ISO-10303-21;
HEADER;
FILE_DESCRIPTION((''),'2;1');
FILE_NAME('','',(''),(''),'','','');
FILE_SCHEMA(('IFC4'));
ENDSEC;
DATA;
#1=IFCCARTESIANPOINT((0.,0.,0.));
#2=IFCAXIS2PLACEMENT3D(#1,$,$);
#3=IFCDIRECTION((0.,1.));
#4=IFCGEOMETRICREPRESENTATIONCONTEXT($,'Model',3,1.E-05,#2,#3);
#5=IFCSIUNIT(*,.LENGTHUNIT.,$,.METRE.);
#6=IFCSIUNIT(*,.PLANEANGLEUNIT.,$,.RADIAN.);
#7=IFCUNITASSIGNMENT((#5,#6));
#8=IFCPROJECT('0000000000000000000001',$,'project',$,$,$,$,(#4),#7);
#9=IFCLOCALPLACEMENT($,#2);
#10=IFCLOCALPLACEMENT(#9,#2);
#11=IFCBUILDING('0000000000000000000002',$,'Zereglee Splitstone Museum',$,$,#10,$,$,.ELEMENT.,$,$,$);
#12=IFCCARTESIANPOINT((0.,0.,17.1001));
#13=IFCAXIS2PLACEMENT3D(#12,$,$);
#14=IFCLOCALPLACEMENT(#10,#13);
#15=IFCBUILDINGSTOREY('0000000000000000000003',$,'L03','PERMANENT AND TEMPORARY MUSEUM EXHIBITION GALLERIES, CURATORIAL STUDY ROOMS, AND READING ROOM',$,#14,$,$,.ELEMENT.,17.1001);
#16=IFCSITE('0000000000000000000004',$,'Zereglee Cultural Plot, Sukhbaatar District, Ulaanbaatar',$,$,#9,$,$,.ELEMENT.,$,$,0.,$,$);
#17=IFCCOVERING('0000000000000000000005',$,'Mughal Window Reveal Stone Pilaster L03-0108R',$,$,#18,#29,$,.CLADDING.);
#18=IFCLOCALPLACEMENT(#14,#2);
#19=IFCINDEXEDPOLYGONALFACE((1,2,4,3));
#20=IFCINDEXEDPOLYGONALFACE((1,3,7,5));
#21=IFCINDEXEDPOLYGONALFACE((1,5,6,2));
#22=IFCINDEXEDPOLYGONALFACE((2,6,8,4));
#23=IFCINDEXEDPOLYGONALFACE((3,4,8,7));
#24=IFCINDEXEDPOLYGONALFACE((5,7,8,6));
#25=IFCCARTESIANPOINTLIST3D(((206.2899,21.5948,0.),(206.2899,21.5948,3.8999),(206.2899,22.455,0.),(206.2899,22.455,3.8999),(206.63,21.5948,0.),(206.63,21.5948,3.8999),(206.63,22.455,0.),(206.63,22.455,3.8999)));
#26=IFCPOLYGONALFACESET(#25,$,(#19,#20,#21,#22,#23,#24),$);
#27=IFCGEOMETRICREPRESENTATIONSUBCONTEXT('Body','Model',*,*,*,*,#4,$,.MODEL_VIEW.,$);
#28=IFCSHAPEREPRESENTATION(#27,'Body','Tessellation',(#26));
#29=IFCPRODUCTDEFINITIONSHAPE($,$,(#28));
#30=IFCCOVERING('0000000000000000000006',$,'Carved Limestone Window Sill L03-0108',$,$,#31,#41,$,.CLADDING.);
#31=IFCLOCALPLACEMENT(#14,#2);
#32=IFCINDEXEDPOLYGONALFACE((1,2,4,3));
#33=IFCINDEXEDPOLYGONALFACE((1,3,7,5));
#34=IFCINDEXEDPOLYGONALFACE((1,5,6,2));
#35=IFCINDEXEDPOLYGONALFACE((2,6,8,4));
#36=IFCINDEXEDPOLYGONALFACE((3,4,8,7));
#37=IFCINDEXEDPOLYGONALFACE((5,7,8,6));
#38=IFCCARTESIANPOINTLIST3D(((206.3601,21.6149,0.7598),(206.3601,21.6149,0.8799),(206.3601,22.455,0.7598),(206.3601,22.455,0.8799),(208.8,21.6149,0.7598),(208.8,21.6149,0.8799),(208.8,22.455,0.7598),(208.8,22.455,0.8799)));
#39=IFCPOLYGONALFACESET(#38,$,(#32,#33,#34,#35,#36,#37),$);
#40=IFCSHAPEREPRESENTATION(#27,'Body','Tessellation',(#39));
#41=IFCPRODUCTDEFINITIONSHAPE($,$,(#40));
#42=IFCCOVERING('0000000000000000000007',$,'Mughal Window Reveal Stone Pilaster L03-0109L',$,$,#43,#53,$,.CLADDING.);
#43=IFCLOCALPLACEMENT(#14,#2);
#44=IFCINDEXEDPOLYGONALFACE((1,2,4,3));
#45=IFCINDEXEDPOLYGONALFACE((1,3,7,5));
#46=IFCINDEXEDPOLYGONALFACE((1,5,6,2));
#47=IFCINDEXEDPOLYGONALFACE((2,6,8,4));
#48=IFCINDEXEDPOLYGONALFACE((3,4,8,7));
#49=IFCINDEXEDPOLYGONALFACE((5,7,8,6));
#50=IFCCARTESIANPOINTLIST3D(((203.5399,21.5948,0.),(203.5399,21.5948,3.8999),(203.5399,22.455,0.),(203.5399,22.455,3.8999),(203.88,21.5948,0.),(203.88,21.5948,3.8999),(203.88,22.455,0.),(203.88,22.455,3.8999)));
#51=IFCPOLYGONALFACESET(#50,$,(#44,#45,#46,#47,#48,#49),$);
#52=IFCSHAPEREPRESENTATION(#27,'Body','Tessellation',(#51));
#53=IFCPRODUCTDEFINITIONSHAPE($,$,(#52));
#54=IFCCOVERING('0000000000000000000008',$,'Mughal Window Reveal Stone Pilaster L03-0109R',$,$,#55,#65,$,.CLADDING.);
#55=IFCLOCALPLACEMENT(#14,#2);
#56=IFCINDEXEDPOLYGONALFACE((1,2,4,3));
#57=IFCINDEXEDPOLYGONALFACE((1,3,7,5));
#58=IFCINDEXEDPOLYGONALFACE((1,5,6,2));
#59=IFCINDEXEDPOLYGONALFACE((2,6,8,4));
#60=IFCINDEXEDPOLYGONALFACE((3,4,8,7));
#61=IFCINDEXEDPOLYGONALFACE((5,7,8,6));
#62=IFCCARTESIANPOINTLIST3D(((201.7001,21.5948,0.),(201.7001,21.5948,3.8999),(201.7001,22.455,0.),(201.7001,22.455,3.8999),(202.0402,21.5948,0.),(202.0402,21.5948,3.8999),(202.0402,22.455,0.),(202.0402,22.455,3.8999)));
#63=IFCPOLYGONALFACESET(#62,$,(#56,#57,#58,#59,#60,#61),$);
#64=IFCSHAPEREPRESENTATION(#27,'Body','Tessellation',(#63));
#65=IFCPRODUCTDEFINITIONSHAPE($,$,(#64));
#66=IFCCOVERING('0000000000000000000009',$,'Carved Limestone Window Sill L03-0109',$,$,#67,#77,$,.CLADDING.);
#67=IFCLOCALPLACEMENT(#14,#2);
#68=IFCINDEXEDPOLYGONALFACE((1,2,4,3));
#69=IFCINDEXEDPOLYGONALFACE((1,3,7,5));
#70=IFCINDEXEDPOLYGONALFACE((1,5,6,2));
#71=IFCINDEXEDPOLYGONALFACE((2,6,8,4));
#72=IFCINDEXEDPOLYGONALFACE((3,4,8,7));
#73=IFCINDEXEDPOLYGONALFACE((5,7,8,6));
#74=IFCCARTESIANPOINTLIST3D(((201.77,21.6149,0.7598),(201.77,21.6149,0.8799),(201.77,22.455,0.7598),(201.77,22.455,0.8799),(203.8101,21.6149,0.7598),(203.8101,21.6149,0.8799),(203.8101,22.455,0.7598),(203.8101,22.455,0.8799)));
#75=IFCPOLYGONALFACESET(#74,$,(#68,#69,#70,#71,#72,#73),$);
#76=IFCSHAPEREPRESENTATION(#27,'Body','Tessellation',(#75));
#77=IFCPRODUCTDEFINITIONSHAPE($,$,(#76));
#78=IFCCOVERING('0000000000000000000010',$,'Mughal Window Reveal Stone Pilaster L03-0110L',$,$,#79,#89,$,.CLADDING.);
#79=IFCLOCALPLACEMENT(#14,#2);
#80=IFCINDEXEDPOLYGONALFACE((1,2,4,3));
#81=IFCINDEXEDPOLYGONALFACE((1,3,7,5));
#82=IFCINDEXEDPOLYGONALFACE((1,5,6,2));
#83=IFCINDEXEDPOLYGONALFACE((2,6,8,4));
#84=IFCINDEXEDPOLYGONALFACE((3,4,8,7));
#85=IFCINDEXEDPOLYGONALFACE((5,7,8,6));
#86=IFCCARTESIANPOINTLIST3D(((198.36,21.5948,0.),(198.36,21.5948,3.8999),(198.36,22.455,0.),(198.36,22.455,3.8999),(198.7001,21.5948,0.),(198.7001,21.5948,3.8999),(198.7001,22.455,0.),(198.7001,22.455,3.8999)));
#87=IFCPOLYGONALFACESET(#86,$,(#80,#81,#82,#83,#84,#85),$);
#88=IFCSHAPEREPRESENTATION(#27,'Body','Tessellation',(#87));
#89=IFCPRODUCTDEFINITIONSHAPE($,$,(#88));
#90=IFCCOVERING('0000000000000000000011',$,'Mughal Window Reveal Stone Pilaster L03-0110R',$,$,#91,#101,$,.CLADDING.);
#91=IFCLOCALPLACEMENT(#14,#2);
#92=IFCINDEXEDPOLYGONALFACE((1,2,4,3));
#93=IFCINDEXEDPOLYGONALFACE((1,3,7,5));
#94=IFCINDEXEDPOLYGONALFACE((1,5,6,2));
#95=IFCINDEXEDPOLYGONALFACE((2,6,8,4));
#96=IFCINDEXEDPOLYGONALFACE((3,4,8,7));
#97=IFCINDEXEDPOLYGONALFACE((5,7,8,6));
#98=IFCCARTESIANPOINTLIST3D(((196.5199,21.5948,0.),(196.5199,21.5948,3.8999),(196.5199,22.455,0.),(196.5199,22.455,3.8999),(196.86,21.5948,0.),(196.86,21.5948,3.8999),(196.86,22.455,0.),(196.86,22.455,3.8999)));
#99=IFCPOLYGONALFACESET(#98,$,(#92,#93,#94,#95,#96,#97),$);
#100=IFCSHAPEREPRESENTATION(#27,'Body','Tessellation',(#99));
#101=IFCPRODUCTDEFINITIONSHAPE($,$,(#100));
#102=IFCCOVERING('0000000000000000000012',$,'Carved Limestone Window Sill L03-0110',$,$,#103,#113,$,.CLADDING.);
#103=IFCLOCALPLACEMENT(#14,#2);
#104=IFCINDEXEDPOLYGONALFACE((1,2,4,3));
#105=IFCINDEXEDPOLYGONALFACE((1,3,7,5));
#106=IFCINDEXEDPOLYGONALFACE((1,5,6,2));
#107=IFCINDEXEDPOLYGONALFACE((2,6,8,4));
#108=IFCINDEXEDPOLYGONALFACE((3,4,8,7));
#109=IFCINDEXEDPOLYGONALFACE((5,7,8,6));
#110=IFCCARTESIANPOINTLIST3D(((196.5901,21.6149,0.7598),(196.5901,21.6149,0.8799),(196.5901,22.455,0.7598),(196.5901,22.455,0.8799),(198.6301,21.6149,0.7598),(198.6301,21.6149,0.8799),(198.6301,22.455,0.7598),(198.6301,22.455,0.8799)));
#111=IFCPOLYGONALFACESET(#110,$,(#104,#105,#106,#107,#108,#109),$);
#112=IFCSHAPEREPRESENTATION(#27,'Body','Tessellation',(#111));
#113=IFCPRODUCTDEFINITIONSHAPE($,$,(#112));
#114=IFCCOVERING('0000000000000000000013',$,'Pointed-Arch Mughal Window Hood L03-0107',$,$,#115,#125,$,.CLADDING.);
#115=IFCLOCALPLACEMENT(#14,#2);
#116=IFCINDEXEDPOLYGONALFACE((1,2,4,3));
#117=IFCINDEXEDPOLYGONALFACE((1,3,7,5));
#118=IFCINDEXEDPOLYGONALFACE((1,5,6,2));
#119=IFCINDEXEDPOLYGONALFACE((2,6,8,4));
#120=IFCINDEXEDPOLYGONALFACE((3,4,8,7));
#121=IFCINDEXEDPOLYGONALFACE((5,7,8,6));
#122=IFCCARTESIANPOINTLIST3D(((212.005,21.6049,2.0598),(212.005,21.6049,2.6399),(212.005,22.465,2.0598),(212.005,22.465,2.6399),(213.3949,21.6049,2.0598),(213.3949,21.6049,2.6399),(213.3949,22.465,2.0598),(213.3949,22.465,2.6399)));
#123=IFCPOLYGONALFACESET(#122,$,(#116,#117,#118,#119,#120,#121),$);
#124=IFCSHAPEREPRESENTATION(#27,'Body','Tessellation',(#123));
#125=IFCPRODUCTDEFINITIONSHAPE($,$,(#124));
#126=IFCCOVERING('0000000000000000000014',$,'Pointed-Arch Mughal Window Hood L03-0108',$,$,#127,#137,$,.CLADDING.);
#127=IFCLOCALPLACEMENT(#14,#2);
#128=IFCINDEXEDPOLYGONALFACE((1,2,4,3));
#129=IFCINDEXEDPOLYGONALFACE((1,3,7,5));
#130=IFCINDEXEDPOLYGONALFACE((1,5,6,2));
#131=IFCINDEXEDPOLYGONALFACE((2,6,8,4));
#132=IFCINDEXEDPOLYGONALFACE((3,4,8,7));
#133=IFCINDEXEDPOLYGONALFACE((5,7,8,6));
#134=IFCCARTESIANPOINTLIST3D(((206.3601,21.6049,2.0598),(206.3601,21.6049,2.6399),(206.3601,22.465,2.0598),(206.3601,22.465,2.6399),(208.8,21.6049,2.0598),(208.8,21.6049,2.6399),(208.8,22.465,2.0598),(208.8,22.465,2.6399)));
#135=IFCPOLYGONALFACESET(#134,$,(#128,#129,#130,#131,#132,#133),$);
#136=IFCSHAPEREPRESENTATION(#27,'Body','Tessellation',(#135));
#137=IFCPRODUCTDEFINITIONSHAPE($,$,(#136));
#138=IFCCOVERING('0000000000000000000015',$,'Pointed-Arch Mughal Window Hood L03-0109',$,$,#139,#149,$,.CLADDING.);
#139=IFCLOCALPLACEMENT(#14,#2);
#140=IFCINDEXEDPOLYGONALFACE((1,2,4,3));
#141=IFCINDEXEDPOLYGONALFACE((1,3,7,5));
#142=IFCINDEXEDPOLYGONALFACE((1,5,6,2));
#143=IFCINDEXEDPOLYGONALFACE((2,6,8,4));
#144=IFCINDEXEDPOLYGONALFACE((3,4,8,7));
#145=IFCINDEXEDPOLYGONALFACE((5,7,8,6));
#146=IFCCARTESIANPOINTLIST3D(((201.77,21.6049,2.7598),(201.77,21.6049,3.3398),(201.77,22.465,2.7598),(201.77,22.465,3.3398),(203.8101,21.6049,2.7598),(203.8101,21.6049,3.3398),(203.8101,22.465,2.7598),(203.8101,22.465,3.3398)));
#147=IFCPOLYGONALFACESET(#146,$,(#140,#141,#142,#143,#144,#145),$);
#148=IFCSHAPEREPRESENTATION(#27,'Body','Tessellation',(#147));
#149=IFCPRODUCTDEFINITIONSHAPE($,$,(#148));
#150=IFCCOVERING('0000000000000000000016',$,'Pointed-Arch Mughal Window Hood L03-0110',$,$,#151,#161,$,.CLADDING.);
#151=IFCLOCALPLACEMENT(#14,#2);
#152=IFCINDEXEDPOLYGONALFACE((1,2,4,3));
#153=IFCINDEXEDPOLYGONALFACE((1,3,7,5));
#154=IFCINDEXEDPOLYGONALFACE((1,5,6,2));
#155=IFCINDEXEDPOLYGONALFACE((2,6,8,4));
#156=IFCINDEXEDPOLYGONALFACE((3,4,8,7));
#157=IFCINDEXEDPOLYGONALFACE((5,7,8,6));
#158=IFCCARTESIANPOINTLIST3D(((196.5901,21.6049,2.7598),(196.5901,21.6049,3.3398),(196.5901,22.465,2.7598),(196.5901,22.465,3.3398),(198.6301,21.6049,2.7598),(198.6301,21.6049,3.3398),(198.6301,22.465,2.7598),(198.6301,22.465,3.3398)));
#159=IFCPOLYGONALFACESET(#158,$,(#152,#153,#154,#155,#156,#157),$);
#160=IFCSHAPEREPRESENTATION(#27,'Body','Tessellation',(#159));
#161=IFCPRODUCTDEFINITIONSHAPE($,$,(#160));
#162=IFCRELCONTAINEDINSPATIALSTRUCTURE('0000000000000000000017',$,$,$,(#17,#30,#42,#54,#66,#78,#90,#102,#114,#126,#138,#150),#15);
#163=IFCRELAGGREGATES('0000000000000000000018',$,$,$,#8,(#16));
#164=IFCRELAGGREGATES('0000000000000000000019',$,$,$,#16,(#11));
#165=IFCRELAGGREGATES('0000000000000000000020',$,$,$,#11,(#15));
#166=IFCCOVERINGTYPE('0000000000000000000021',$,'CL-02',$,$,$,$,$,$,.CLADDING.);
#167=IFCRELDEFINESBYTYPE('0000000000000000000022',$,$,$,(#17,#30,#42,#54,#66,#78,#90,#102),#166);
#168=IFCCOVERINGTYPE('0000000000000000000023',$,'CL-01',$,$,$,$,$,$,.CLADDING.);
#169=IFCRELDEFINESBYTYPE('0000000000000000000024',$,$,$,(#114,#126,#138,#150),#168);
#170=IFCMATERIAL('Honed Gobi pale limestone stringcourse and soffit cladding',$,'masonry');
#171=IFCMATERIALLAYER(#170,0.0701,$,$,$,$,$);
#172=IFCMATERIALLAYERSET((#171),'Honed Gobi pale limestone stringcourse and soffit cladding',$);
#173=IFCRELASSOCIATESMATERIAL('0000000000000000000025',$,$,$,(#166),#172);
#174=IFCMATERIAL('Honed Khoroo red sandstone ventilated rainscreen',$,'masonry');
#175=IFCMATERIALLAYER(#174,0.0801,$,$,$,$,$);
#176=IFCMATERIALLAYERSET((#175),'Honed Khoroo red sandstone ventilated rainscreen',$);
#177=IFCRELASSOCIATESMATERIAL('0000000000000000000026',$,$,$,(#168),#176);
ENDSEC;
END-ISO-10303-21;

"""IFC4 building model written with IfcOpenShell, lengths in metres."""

from ifc_helpers import new_model, si_unit, direction, frame, origin, origin_2d, place, context, subcontext, project, spatial, rectangle, extrude, material, layer, layer_set, type_object, element, save


model = new_model("IFC4")

# Units and contexts
model_context = context("Model", 3, precision=1e-05, world=origin(), true_north=direction((0.0, 1.0)))
body_context = subcontext(model_context, "Body", "Model", "MODEL_VIEW")
ifc_project = project(units=[si_unit("LENGTHUNIT", "METRE"), si_unit("PLANEANGLEUNIT", "RADIAN")], contexts=[model_context])

# Site, building, storey
site_placement = place(None, origin())
site = spatial("IfcSite", under=ifc_project, at=site_placement, Name="Zereglee Cultural Plot, Sukhbaatar District, Ulaanbaatar", CompositionType="ELEMENT", RefElevation=0.0)
building_placement = place(site_placement, origin())
building = spatial("IfcBuilding", under=site, at=building_placement, Name="Zereglee Splitstone Museum", CompositionType="ELEMENT")
storey_placement = place(building_placement, frame((0.0, 0.0, 17.1001)))
storey = spatial("IfcBuildingStorey", under=building, at=storey_placement, Name="L03", Description="PERMANENT AND TEMPORARY MUSEUM EXHIBITION GALLERIES, CURATORIAL STUDY ROOMS, AND READING ROOM", CompositionType="ELEMENT", Elevation=17.1001)

# Coverings
ifc_material_1 = material(Name="Honed Gobi pale limestone stringcourse and soffit cladding", Category="masonry")
ifc_layer_1 = layer(ifc_material_1, 0.0701)
ifc_layer_set_1 = layer_set([ifc_layer_1], Name="Honed Gobi pale limestone stringcourse and soffit cladding")
covering_type_1 = type_object("IfcCoveringType", Name="CL-02", PredefinedType="CLADDING", material=ifc_layer_set_1)
for number, where, z_axis, x_axis, name in (
    (1, (206.46, 22.0249, 0.0), (0.0, 0.0, 1.0), (-1.0, 0.0, 0.0), "Mughal Window Reveal Stone Pilaster L03-0108R"),
):
    element("IfcCovering", number, at=place(storey_placement, frame(where, z_axis=z_axis, x_axis=x_axis)), inside=storey, type_object=covering_type_1, Name=name, PredefinedType="CLADDING", context=body_context, shape_type="SweptSolid", body=[
        extrude(rectangle(XDim=0.3401, YDim=0.8601, at=origin_2d()), origin(), (0.0, 0.0, 1.0), 3.8999),
    ])
covering_1_placement = place(storey_placement, frame((207.5801, 22.0349, 0.7598), z_axis=(0.0, 0.0, 1.0), x_axis=(-1.0, 0.0, 0.0)))
element("IfcCovering", 2, at=covering_1_placement, inside=storey, type_object=covering_type_1, Name="Carved Limestone Window Sill L03-0108", PredefinedType="CLADDING", context=body_context, shape_type="SweptSolid", body=[
    extrude(rectangle(XDim=2.4399, YDim=0.8401, at=origin_2d()), origin(), (0.0, 0.0, 1.0), 0.1201),
])
for number, where, z_axis, x_axis, name in (
    (3, (203.71, 22.0249, 0.0), (0.0, 0.0, 1.0), (-1.0, 0.0, 0.0), "Mughal Window Reveal Stone Pilaster L03-0109L"),
    (4, (201.8701, 22.0249, 0.0), (0.0, 0.0, 1.0), (-1.0, 0.0, 0.0), "Mughal Window Reveal Stone Pilaster L03-0109R"),
):
    element("IfcCovering", number, at=place(storey_placement, frame(where, z_axis=z_axis, x_axis=x_axis)), inside=storey, type_object=covering_type_1, Name=name, PredefinedType="CLADDING", context=body_context, shape_type="SweptSolid", body=[
        extrude(rectangle(XDim=0.3401, YDim=0.8601, at=origin_2d()), origin(), (0.0, 0.0, 1.0), 3.8999),
    ])
covering_2_placement = place(storey_placement, frame((202.79, 22.0349, 0.7598), z_axis=(0.0, 0.0, 1.0), x_axis=(-1.0, 0.0, 0.0)))
element("IfcCovering", 5, at=covering_2_placement, inside=storey, type_object=covering_type_1, Name="Carved Limestone Window Sill L03-0109", PredefinedType="CLADDING", context=body_context, shape_type="SweptSolid", body=[
    extrude(rectangle(XDim=2.04, YDim=0.8401, at=origin_2d()), origin(), (0.0, 0.0, 1.0), 0.1201),
])
for number, where, z_axis, x_axis, name in (
    (6, (198.53, 22.0249, 0.0), (0.0, 0.0, 1.0), (-1.0, 0.0, 0.0), "Mughal Window Reveal Stone Pilaster L03-0110L"),
    (7, (196.6899, 22.0249, 0.0), (0.0, 0.0, 1.0), (-1.0, 0.0, 0.0), "Mughal Window Reveal Stone Pilaster L03-0110R"),
):
    element("IfcCovering", number, at=place(storey_placement, frame(where, z_axis=z_axis, x_axis=x_axis)), inside=storey, type_object=covering_type_1, Name=name, PredefinedType="CLADDING", context=body_context, shape_type="SweptSolid", body=[
        extrude(rectangle(XDim=0.3401, YDim=0.8601, at=origin_2d()), origin(), (0.0, 0.0, 1.0), 3.8999),
    ])
covering_3_placement = place(storey_placement, frame((197.6101, 22.0349, 0.7598), z_axis=(0.0, 0.0, 1.0), x_axis=(-1.0, 0.0, 0.0)))
element("IfcCovering", 8, at=covering_3_placement, inside=storey, type_object=covering_type_1, Name="Carved Limestone Window Sill L03-0110", PredefinedType="CLADDING", context=body_context, shape_type="SweptSolid", body=[
    extrude(rectangle(XDim=2.04, YDim=0.8401, at=origin_2d()), origin(), (0.0, 0.0, 1.0), 0.1201),
])
ifc_material_2 = material(Name="Honed Khoroo red sandstone ventilated rainscreen", Category="masonry")
ifc_layer_2 = layer(ifc_material_2, 0.0801)
ifc_layer_set_2 = layer_set([ifc_layer_2], Name="Honed Khoroo red sandstone ventilated rainscreen")
covering_type_2 = type_object("IfcCoveringType", Name="CL-01", PredefinedType="CLADDING", material=ifc_layer_set_2)
covering_4_placement = place(storey_placement, frame((212.7, 22.0349, 2.0598), z_axis=(0.0, 0.0, 1.0), x_axis=(-1.0, 0.0, 0.0)))
element("IfcCovering", 9, at=covering_4_placement, inside=storey, type_object=covering_type_2, Name="Pointed-Arch Mughal Window Hood L03-0107", PredefinedType="CLADDING", context=body_context, shape_type="SweptSolid", body=[
    extrude(rectangle(XDim=1.3899, YDim=0.8601, at=origin_2d()), origin(), (0.0, 0.0, 1.0), 0.5801),
])
covering_5_placement = place(storey_placement, frame((207.5801, 22.0349, 2.0598), z_axis=(0.0, 0.0, 1.0), x_axis=(-1.0, 0.0, 0.0)))
element("IfcCovering", 10, at=covering_5_placement, inside=storey, type_object=covering_type_2, Name="Pointed-Arch Mughal Window Hood L03-0108", PredefinedType="CLADDING", context=body_context, shape_type="SweptSolid", body=[
    extrude(rectangle(XDim=2.4399, YDim=0.8601, at=origin_2d()), origin(), (0.0, 0.0, 1.0), 0.5801),
])
for number, where, z_axis, x_axis, name in (
    (11, (202.79, 22.0349, 2.7598), (0.0, 0.0, 1.0), (-1.0, 0.0, 0.0), "Pointed-Arch Mughal Window Hood L03-0109"),
    (12, (197.6101, 22.0349, 2.7598), (0.0, 0.0, 1.0), (-1.0, 0.0, 0.0), "Pointed-Arch Mughal Window Hood L03-0110"),
):
    element("IfcCovering", number, at=place(storey_placement, frame(where, z_axis=z_axis, x_axis=x_axis)), inside=storey, type_object=covering_type_2, Name=name, PredefinedType="CLADDING", context=body_context, shape_type="SweptSolid", body=[
        extrude(rectangle(XDim=2.04, YDim=0.8601, at=origin_2d()), origin(), (0.0, 0.0, 1.0), 0.5801),
    ])

save(model, "model.ifc")
